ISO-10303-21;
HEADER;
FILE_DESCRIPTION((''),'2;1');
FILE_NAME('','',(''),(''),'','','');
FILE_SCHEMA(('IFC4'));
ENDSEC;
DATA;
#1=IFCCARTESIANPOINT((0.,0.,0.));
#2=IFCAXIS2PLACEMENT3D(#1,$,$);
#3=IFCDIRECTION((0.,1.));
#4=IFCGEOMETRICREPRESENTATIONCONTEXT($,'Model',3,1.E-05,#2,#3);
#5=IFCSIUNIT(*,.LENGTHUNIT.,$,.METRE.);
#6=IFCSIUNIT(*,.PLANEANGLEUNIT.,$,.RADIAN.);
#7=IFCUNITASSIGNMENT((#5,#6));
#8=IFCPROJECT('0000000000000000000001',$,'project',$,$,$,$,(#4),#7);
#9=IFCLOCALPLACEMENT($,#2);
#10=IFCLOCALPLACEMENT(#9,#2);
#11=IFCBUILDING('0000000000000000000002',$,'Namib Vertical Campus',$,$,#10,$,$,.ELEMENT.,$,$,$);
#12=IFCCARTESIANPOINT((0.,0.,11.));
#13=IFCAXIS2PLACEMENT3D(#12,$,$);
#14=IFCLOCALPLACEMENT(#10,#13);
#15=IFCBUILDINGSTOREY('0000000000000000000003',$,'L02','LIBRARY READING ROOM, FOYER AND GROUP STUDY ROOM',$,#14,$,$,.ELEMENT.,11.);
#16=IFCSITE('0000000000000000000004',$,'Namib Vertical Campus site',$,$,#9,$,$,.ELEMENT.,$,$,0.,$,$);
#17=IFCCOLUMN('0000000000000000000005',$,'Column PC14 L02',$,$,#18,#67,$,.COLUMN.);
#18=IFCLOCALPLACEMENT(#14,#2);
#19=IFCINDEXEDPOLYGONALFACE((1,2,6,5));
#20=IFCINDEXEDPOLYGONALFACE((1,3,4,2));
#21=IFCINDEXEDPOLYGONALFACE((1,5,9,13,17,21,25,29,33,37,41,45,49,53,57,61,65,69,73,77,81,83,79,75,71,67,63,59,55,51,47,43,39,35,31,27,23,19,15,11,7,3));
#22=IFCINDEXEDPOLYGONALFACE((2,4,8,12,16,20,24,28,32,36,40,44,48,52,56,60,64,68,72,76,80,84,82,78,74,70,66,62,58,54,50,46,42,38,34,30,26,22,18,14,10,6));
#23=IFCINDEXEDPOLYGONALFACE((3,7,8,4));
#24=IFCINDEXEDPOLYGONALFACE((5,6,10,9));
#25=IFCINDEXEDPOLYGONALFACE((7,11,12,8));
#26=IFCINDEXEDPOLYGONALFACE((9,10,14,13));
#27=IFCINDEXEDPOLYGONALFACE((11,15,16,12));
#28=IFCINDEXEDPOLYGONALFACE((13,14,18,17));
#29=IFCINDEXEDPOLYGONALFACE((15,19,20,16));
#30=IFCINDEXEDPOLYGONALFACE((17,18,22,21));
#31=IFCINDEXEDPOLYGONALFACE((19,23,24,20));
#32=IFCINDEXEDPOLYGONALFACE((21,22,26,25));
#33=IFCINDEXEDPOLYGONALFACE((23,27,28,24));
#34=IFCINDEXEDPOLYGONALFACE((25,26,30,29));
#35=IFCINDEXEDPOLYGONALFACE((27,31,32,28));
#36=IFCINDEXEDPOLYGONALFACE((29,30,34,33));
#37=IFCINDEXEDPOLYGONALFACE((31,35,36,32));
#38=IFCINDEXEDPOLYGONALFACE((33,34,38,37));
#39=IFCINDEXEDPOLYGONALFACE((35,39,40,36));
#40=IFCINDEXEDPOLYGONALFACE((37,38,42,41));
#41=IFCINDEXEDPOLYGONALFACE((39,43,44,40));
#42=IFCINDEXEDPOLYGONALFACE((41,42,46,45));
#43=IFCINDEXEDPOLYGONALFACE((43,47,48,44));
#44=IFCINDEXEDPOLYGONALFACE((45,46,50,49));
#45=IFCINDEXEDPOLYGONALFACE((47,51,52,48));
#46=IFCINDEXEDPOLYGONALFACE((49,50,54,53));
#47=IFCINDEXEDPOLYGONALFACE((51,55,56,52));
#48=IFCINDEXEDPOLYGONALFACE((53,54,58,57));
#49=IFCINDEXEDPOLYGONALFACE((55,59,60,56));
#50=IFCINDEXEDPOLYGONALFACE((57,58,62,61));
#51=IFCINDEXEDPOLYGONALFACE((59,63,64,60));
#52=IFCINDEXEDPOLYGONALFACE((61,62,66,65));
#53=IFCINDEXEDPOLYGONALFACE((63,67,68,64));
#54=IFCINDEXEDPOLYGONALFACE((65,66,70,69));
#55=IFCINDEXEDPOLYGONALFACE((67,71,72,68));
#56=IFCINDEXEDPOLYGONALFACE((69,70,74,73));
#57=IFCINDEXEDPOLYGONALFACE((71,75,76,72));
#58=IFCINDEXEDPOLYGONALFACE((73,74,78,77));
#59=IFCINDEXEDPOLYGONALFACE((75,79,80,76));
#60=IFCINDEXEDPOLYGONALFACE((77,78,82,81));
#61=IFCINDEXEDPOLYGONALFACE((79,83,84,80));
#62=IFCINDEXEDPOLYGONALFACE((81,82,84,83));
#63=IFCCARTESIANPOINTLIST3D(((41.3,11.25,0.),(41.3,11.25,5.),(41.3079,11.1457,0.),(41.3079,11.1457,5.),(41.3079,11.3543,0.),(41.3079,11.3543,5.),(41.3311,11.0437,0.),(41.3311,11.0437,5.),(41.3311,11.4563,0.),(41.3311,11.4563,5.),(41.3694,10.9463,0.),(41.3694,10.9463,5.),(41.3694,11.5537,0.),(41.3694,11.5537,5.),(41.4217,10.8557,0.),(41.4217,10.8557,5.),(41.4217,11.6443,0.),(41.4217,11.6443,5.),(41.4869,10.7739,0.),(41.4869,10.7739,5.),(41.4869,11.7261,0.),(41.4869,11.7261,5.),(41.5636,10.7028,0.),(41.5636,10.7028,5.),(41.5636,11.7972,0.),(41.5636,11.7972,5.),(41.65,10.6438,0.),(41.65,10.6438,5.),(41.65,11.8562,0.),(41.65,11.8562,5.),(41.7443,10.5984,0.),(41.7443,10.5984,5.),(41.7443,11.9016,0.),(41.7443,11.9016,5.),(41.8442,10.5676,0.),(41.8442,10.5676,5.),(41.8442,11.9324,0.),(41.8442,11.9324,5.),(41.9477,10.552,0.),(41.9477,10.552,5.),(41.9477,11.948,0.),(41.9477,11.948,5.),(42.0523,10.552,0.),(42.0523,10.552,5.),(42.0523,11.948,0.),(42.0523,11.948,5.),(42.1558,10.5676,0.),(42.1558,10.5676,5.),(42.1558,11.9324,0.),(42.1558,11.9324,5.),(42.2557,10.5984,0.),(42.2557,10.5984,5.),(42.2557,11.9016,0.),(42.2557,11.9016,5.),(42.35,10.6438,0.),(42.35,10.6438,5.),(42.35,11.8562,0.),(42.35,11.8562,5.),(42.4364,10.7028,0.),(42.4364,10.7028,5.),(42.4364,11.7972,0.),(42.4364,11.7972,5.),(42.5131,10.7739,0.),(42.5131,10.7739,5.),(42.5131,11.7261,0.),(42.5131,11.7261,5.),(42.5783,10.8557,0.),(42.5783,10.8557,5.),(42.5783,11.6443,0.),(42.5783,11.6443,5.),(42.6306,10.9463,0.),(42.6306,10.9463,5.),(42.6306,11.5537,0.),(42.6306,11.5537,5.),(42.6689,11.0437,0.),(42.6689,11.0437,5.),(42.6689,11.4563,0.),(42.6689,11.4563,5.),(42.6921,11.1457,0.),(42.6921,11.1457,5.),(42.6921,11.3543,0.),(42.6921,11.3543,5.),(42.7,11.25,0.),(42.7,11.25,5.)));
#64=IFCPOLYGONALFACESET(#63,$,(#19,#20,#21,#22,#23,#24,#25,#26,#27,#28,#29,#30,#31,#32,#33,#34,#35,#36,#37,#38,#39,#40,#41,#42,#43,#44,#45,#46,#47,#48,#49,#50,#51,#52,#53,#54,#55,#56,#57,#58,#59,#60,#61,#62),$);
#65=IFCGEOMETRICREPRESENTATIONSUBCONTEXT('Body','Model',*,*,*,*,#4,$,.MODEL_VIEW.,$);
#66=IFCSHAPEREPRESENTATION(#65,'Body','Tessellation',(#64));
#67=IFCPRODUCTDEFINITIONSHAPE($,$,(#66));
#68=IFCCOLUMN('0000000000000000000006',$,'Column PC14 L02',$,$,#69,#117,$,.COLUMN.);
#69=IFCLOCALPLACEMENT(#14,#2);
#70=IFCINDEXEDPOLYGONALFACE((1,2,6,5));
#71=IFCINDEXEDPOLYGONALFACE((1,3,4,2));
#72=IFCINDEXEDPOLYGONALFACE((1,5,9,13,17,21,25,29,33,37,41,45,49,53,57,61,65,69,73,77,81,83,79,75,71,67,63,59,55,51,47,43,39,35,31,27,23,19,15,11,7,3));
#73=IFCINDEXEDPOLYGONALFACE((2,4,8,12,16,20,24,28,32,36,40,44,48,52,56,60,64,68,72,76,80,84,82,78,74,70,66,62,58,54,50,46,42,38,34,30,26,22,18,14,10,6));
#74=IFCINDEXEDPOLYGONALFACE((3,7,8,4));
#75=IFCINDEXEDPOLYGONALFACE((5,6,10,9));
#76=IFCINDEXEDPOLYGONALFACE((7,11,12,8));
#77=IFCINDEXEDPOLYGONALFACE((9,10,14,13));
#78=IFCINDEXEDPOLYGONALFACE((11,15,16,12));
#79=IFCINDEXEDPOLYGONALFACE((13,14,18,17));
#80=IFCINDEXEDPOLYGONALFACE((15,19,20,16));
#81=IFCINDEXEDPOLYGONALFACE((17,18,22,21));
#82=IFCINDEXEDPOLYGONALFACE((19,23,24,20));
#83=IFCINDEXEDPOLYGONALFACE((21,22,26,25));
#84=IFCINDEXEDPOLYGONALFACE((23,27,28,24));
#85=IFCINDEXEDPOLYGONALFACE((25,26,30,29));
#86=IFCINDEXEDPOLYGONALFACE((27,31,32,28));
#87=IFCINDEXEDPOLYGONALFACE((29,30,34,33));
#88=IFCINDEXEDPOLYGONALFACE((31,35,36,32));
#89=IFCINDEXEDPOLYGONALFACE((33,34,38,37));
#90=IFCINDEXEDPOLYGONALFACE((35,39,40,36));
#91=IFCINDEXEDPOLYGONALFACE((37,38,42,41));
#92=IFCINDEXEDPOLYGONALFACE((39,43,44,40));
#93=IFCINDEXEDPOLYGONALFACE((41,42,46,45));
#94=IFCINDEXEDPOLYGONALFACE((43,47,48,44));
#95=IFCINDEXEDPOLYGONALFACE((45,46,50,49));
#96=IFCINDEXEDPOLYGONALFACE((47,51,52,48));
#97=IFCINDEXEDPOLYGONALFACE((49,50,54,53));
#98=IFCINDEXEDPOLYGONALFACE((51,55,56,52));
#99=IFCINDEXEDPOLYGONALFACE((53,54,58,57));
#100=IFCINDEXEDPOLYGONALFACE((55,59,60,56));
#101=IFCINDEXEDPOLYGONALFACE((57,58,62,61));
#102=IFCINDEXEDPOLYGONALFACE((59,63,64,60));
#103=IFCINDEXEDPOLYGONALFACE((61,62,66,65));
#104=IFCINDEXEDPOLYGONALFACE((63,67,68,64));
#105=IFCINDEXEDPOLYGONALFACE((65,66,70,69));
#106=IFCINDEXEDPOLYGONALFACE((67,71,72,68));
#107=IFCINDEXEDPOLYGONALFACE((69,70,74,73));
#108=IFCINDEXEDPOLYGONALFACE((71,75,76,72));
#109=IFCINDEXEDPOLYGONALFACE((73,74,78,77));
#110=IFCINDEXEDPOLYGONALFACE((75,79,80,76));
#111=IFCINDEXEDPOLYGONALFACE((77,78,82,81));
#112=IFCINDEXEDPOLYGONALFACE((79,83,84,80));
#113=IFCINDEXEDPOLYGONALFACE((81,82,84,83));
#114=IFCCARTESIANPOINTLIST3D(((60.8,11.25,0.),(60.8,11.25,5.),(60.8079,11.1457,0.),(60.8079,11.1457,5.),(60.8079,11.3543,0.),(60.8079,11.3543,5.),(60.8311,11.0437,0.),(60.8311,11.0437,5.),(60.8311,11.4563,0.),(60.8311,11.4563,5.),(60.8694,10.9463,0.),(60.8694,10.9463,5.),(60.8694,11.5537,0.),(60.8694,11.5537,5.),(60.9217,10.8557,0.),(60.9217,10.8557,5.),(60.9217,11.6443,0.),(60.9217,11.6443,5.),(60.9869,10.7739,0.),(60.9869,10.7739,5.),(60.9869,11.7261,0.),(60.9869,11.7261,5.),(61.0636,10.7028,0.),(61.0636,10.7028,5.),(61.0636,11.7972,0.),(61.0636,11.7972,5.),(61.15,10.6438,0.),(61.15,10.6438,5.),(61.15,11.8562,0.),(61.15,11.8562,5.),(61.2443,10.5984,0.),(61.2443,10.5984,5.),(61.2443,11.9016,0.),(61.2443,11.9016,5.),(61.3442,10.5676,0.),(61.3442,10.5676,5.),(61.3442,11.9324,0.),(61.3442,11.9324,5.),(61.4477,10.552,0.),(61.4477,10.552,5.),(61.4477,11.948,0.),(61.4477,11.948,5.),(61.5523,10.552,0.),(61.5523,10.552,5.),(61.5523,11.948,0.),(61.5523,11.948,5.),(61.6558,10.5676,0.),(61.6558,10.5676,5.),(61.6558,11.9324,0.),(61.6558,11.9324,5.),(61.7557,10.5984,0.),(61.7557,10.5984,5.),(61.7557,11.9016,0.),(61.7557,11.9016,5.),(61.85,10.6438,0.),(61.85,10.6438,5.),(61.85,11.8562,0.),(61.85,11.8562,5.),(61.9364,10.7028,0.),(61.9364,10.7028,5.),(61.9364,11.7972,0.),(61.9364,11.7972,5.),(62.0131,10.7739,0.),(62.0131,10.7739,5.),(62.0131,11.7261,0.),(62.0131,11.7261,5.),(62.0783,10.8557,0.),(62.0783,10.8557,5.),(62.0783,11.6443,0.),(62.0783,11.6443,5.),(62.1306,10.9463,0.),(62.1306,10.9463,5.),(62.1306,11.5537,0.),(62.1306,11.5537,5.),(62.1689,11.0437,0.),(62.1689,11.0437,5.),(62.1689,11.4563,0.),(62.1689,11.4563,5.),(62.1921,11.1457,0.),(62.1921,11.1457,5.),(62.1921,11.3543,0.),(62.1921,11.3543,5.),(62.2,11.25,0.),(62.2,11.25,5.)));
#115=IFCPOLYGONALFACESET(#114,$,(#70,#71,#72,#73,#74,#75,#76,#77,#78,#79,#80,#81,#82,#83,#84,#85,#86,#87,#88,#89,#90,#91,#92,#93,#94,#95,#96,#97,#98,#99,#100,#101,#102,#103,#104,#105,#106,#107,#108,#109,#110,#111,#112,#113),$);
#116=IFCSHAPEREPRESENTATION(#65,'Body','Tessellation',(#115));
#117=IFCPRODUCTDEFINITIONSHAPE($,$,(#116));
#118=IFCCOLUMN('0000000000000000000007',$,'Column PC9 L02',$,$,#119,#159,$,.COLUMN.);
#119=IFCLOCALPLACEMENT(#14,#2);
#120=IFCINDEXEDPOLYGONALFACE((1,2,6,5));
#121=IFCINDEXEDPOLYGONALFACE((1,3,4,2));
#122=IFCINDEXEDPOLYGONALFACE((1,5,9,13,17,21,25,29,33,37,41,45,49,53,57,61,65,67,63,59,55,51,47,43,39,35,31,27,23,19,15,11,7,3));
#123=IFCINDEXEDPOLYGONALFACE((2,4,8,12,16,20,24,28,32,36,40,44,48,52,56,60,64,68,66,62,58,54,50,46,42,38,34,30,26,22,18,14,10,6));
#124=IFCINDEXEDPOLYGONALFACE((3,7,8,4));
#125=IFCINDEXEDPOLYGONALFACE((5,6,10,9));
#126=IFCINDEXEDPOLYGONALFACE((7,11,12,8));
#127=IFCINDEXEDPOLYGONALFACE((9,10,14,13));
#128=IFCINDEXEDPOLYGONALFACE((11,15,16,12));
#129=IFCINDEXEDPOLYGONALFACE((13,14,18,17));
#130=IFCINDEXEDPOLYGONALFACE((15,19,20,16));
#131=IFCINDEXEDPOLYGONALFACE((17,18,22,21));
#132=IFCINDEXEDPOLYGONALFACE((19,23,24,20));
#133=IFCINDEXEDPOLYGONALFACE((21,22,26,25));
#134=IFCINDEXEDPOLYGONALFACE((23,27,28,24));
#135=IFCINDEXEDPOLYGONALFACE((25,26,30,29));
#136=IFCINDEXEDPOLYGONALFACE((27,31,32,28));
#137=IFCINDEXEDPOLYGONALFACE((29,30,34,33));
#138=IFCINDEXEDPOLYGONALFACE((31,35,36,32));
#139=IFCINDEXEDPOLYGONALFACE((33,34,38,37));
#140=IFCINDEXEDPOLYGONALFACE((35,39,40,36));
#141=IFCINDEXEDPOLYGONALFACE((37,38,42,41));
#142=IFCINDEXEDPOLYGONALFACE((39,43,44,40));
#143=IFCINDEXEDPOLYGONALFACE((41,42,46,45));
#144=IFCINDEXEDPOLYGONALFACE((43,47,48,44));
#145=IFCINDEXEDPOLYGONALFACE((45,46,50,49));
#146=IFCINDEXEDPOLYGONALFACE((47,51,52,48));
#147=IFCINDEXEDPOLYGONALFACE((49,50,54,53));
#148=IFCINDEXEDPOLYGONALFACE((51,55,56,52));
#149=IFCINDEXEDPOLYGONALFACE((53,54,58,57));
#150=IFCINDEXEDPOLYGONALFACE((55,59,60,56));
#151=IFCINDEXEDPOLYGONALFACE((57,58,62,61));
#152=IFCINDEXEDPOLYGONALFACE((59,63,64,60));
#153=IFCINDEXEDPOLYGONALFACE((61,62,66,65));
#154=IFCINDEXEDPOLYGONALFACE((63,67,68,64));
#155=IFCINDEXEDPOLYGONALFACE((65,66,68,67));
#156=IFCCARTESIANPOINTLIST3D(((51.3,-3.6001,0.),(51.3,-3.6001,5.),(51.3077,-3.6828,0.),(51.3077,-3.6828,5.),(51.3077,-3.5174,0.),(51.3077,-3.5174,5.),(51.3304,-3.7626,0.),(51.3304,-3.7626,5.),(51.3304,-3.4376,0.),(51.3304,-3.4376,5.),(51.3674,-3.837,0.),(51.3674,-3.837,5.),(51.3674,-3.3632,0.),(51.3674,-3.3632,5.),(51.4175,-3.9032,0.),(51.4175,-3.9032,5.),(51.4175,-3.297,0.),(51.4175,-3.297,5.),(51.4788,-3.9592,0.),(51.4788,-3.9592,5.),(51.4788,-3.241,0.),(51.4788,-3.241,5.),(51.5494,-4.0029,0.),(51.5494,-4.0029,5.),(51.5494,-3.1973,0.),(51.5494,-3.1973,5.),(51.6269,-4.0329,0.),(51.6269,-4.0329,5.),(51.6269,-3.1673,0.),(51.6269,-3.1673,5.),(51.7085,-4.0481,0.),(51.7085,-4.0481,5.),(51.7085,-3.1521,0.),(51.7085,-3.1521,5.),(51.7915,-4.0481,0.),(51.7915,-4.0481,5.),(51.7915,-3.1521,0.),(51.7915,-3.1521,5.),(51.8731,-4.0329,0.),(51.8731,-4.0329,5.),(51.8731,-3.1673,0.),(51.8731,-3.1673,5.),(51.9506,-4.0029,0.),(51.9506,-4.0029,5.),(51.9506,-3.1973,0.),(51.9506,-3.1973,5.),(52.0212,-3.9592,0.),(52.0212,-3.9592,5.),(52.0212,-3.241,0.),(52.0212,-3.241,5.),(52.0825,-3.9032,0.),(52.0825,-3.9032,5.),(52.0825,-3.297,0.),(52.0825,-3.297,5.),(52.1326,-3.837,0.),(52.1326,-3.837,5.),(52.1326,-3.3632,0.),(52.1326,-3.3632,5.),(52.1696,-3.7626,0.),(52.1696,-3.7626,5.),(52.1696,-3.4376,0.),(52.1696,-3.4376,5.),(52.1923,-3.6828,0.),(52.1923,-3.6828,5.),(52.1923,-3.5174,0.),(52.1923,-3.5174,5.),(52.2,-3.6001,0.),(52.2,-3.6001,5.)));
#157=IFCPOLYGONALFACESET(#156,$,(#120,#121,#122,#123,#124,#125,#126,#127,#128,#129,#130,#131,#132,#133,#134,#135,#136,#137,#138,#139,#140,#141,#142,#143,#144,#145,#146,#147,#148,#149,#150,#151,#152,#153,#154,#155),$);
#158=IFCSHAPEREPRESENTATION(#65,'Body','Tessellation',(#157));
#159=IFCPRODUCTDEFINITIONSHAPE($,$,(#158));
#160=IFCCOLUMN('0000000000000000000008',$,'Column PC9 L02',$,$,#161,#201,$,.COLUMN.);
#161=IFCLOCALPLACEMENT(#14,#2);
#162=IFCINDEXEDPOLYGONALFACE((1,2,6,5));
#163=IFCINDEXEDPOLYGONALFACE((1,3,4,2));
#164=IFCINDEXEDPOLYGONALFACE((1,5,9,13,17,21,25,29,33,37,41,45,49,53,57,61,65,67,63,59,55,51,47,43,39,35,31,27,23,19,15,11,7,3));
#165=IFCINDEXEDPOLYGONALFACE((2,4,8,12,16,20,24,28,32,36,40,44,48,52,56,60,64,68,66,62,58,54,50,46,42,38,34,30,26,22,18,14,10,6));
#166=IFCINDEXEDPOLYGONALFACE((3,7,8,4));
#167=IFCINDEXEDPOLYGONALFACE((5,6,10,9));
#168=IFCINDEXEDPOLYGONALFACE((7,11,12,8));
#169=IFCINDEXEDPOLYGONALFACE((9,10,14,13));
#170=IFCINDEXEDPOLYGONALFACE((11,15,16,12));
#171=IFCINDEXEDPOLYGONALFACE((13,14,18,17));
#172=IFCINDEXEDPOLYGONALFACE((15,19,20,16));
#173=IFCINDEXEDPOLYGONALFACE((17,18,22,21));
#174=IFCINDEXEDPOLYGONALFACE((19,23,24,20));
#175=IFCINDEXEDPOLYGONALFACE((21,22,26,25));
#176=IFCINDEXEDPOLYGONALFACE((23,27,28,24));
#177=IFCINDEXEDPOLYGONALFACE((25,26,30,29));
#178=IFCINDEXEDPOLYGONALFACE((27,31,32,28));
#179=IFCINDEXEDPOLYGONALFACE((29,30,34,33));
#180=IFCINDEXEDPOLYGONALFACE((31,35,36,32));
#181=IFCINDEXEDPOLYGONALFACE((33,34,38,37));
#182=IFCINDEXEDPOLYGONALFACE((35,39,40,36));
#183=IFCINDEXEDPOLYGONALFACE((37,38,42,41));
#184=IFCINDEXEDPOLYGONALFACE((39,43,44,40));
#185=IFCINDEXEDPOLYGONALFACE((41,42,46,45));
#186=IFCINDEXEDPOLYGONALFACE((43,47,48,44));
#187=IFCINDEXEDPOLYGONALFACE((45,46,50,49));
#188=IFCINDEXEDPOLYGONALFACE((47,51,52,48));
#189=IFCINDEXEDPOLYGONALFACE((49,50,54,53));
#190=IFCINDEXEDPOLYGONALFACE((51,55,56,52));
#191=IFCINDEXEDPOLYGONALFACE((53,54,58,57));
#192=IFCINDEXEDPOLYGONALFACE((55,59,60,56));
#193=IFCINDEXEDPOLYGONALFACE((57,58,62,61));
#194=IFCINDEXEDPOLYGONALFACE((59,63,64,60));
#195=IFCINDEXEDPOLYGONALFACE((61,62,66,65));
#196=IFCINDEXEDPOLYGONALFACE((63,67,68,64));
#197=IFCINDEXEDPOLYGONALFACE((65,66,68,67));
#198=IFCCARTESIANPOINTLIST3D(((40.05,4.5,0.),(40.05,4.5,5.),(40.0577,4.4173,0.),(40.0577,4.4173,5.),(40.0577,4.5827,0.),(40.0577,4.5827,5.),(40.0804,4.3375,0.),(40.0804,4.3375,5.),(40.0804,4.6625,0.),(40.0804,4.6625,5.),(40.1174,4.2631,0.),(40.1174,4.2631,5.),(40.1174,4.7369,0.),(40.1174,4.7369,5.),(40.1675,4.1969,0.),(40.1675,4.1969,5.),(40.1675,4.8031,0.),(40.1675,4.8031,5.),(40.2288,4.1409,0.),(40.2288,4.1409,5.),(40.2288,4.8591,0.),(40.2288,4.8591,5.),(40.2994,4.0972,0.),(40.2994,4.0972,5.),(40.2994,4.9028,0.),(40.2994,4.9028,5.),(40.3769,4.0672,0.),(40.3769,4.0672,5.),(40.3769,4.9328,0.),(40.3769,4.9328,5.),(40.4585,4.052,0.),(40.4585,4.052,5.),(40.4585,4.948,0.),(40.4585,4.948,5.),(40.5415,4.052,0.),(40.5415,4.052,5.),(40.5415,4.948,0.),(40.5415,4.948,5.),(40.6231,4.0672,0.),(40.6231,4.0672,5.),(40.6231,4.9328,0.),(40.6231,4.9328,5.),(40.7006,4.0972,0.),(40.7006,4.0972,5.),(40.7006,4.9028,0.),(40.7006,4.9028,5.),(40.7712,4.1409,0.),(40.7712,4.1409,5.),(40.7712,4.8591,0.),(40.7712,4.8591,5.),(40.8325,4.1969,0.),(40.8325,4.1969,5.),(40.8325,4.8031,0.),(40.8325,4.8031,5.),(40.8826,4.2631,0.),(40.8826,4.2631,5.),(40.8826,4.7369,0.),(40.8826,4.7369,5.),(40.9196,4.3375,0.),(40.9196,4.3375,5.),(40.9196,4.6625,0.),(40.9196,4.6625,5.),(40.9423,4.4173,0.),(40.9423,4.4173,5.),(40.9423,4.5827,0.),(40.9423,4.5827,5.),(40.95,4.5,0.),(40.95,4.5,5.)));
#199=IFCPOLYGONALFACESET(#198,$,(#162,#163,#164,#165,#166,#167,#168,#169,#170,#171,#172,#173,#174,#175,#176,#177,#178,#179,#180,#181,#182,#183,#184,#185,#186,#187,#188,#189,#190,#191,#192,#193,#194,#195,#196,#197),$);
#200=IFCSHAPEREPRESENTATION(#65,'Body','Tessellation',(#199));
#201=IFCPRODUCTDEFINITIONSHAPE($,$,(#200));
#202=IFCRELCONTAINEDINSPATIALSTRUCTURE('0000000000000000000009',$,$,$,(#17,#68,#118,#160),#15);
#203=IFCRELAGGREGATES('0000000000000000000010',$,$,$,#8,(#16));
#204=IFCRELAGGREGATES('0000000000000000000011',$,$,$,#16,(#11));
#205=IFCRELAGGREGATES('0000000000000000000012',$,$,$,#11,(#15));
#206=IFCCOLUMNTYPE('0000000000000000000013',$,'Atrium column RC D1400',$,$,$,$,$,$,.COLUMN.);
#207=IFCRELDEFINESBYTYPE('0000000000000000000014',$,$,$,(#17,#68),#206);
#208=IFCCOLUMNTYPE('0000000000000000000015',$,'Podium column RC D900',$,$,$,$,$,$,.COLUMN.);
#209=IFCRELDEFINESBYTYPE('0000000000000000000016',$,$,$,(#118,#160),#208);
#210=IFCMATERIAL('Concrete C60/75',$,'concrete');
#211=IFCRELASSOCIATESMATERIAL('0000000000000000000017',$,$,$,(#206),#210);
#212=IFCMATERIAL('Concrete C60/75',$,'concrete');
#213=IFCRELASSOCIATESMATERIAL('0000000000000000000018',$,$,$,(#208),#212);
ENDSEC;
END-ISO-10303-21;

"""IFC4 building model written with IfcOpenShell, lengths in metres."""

from ifc_helpers import new_model, si_unit, direction, frame, origin, origin_2d, place, context, subcontext, project, spatial, circle, extrude, material, material_profile, profile_set, type_object, element, save


model = new_model("IFC4")

# Units and contexts
model_context = context("Model", 3, precision=1e-05, world=origin(), true_north=direction((0.0, 1.0)))
body_context = subcontext(model_context, "Body", "Model", "MODEL_VIEW")
ifc_project = project(units=[si_unit("LENGTHUNIT", "METRE"), si_unit("PLANEANGLEUNIT", "RADIAN")], contexts=[model_context])

# Site, building, storey
site_placement = place(None, origin())
site = spatial("IfcSite", under=ifc_project, at=site_placement, Name="Namib Vertical Campus site", CompositionType="ELEMENT", RefElevation=0.0)
building_placement = place(site_placement, origin())
building = spatial("IfcBuilding", under=site, at=building_placement, Name="Namib Vertical Campus", CompositionType="ELEMENT")
storey_placement = place(building_placement, frame((0.0, 0.0, 11.0)))
storey = spatial("IfcBuildingStorey", under=building, at=storey_placement, Name="L02", Description="LIBRARY READING ROOM, FOYER AND GROUP STUDY ROOM", CompositionType="ELEMENT", Elevation=11.0)

# Columns
ifc_material_1 = material(Name="Concrete C60/75", Category="concrete")
ifc_material_profile_1 = material_profile(ifc_material_1, circle(Radius=0.7, at=origin_2d()))
ifc_profile_set_1 = profile_set([ifc_material_profile_1], Name="Concrete C60/75")
column_type_1 = type_object("IfcColumnType", Name="Atrium column RC D1400", PredefinedType="COLUMN", material=ifc_profile_set_1)
for number, where, z_axis, x_axis, name in (
    (1, (42.0, 11.25, 0.0), (0.0, 0.0, 1.0), (1.0, 0.0, 0.0), "Column PC14 L02"),
    (2, (61.5, 11.25, 0.0), (0.0, 0.0, 1.0), (1.0, 0.0, 0.0), "Column PC14 L02"),
):
    element("IfcColumn", number, at=place(storey_placement, frame(where, z_axis=z_axis, x_axis=x_axis)), inside=storey, type_object=column_type_1, Name=name, PredefinedType="COLUMN", context=body_context, shape_type="SweptSolid", body=[
        extrude(circle(Radius=0.7, at=origin_2d()), origin(), (0.0, 0.0, 1.0), 5.0),
    ])
ifc_material_2 = material(Name="Concrete C60/75", Category="concrete")
ifc_material_profile_2 = material_profile(ifc_material_2, circle(Radius=0.45, at=origin_2d()))
ifc_profile_set_2 = profile_set([ifc_material_profile_2], Name="Concrete C60/75")
column_type_2 = type_object("IfcColumnType", Name="Podium column RC D900", PredefinedType="COLUMN", material=ifc_profile_set_2)
for number, where, z_axis, x_axis, name in (
    (3, (51.75, -3.6001, 0.0), (0.0, 0.0, 1.0), (1.0, 0.0, 0.0), "Column PC9 L02"),
    (4, (40.5, 4.5, 0.0), (0.0, 0.0, 1.0), (1.0, 0.0, 0.0), "Column PC9 L02"),
):
    element("IfcColumn", number, at=place(storey_placement, frame(where, z_axis=z_axis, x_axis=x_axis)), inside=storey, type_object=column_type_2, Name=name, PredefinedType="COLUMN", context=body_context, shape_type="SweptSolid", body=[
        extrude(circle(Radius=0.45, at=origin_2d()), origin(), (0.0, 0.0, 1.0), 5.0),
    ])

save(model, "model.ifc")
